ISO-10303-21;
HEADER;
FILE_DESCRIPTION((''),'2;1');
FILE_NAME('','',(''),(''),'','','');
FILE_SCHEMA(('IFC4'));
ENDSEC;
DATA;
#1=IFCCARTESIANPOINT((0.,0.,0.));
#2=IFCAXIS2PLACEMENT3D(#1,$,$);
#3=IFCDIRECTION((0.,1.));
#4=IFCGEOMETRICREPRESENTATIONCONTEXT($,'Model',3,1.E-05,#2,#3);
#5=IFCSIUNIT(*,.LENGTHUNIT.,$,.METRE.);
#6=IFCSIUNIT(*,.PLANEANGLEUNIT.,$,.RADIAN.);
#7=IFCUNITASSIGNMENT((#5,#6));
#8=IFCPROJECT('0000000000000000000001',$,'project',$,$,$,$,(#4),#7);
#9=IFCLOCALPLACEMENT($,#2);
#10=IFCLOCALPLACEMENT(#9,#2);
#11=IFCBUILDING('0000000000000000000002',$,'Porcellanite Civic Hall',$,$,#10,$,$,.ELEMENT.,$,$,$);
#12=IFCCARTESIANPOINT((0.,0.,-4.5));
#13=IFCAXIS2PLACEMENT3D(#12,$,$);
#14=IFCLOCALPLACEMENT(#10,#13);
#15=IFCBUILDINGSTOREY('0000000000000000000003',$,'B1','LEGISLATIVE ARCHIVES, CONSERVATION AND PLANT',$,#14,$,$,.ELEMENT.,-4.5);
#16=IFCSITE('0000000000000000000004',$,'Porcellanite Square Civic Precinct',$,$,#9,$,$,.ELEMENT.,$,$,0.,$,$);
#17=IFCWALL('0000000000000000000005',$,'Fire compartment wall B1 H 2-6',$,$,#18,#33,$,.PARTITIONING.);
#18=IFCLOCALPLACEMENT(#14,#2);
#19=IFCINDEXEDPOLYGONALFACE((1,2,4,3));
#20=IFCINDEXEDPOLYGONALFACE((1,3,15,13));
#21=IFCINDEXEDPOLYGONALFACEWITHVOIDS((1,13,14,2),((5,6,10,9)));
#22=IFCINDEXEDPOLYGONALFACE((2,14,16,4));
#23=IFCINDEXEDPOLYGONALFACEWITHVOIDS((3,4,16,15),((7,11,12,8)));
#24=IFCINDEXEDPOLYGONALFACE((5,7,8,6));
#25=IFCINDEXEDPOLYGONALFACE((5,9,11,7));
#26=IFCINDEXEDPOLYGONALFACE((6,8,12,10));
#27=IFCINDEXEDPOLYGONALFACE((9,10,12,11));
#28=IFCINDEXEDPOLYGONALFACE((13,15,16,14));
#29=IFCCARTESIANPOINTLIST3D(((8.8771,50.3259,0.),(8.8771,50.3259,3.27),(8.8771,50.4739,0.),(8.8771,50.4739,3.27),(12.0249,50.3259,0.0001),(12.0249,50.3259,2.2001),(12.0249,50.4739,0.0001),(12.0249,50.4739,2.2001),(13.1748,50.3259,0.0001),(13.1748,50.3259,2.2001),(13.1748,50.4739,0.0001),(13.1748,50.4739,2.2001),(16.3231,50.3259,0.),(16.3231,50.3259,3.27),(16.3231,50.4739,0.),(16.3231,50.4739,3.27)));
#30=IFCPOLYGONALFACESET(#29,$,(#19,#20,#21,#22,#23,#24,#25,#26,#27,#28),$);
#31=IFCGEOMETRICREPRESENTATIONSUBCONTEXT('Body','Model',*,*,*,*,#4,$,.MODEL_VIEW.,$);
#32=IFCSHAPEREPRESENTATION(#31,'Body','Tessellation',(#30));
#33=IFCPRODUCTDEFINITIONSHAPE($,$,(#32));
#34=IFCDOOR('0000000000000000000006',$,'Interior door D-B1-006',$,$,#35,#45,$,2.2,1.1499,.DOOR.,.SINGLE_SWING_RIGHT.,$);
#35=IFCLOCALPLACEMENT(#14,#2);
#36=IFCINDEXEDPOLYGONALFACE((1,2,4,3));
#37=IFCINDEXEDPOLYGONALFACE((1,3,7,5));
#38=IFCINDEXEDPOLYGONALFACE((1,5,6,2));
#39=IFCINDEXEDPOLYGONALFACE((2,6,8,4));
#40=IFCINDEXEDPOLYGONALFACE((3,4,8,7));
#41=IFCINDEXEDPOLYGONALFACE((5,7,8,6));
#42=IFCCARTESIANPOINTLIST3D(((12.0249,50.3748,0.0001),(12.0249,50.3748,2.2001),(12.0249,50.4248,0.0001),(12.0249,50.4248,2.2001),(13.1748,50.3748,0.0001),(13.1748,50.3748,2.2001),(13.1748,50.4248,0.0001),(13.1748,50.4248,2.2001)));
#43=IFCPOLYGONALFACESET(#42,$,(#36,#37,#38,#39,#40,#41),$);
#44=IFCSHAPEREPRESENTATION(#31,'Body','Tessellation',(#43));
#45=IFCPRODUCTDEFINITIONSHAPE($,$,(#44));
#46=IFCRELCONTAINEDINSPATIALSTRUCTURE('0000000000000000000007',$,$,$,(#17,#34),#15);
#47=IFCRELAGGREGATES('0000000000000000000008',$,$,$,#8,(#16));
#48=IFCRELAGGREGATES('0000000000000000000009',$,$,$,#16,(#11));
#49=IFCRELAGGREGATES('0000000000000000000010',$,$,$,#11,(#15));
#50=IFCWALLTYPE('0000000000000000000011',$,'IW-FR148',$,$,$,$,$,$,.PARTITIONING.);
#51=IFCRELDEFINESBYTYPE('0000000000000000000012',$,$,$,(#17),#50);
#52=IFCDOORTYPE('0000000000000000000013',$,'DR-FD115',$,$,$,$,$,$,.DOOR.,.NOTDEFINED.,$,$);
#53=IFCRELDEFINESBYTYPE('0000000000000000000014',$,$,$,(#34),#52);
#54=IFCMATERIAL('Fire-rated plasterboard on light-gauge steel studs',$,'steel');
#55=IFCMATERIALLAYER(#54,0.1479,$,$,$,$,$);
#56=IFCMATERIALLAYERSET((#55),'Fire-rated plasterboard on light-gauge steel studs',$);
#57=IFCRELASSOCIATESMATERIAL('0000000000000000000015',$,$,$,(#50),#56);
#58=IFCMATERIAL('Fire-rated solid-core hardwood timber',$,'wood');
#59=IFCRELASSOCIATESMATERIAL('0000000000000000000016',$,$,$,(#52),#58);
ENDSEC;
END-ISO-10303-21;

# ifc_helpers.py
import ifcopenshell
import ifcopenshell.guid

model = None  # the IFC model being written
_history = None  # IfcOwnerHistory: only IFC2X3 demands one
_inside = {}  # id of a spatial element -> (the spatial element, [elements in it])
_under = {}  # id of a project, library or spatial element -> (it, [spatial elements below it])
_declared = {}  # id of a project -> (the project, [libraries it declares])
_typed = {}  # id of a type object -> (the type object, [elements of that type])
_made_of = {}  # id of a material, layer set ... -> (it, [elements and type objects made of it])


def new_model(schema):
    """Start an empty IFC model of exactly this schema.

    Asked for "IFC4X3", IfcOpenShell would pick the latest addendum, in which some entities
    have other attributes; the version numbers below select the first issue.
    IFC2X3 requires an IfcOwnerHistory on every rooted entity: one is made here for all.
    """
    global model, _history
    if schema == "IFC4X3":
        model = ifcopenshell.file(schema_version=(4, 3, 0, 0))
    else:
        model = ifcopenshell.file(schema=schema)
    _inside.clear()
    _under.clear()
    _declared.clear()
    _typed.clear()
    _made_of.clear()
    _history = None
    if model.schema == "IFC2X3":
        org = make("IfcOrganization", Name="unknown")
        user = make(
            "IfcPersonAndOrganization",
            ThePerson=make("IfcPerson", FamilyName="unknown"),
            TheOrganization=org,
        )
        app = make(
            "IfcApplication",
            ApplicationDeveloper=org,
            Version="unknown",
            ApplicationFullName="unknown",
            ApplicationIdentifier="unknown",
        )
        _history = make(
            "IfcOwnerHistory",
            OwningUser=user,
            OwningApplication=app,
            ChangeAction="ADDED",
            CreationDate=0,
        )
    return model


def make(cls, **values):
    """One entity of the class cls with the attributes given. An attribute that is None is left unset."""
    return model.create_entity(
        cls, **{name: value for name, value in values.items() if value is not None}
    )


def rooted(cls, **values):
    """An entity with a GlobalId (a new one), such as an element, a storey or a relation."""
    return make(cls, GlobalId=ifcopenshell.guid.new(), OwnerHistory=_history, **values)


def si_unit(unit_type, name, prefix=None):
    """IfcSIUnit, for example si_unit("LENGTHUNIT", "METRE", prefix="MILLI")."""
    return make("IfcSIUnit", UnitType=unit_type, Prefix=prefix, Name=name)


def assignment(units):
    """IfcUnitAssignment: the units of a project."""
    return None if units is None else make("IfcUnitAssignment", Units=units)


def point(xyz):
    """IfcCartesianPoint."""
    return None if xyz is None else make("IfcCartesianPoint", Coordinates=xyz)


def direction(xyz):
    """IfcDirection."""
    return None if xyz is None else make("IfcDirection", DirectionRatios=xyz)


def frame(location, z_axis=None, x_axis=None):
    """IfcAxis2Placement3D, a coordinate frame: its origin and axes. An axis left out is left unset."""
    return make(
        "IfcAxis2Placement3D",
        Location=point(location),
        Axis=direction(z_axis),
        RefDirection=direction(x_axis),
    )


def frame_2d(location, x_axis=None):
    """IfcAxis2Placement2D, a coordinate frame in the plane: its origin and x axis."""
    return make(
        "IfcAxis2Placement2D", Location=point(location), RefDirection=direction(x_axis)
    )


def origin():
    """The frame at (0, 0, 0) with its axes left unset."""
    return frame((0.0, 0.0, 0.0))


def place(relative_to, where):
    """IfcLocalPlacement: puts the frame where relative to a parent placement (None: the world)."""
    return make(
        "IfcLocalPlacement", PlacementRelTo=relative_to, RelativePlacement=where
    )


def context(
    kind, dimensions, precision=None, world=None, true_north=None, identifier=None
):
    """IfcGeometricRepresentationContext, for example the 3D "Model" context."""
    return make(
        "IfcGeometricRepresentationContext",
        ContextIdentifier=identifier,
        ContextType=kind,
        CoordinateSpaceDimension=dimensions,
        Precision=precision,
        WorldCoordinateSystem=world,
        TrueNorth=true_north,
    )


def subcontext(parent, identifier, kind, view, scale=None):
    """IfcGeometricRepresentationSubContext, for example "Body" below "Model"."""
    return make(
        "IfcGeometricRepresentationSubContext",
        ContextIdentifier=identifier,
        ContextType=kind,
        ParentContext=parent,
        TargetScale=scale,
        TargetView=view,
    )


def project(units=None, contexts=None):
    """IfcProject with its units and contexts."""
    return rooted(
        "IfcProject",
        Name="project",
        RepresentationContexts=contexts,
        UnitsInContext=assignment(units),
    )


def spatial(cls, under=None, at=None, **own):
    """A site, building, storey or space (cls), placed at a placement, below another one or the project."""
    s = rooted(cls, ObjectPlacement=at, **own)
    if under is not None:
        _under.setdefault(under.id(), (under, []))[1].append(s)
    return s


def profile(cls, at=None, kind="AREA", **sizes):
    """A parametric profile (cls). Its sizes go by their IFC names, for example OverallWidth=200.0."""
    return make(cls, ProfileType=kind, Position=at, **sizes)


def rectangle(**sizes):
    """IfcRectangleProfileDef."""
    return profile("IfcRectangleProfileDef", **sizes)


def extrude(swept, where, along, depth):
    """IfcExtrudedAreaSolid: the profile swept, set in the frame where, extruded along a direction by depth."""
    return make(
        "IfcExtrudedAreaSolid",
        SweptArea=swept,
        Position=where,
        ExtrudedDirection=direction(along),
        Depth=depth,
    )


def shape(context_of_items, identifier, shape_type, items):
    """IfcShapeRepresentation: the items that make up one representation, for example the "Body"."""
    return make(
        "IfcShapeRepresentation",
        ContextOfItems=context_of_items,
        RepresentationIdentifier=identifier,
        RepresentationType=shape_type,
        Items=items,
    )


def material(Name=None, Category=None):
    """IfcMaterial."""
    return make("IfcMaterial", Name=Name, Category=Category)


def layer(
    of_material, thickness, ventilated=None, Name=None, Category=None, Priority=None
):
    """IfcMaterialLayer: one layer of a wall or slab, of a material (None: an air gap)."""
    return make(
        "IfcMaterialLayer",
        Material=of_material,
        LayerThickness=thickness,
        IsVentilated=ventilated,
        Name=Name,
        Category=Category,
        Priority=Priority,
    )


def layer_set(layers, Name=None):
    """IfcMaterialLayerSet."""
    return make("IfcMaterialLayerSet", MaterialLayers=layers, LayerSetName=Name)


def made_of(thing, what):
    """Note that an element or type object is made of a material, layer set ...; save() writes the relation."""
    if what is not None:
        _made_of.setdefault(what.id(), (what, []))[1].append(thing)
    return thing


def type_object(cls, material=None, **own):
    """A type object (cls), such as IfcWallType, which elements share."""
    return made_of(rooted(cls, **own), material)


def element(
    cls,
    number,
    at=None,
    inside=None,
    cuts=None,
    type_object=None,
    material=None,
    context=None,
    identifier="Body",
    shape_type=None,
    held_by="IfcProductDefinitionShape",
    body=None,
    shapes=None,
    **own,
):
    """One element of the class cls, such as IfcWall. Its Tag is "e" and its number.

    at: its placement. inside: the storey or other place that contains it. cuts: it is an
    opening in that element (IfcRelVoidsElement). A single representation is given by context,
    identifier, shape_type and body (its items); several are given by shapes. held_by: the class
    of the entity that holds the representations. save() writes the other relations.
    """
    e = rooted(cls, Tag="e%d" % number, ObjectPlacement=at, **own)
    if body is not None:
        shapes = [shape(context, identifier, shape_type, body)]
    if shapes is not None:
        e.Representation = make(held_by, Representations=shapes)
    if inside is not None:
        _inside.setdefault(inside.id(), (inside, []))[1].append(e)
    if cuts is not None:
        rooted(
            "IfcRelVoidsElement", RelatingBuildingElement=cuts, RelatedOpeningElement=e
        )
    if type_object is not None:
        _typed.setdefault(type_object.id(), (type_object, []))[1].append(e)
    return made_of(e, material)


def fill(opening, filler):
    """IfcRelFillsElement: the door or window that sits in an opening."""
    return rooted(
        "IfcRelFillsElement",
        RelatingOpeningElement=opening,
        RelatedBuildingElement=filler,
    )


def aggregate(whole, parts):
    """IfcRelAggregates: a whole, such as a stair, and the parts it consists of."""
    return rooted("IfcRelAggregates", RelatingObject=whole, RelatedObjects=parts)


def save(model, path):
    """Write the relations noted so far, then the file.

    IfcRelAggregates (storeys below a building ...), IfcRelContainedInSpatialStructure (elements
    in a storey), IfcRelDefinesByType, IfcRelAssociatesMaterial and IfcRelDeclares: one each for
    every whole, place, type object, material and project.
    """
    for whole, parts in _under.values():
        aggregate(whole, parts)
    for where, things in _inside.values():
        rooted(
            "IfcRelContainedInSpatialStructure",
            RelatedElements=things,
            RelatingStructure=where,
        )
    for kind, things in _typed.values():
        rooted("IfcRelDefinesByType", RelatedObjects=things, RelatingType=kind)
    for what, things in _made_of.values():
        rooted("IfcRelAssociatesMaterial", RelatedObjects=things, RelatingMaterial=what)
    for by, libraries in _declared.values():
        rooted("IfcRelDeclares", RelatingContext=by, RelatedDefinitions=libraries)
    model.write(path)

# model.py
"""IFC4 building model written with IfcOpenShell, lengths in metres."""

from ifc_helpers import new_model, si_unit, direction, frame, frame_2d, origin, place, context, subcontext, project, spatial, rectangle, extrude, material, layer, layer_set, type_object, element, fill, save


model = new_model("IFC4")

# Units and contexts
model_context = context("Model", 3, precision=1e-05, world=origin(), true_north=direction((0.0, 1.0)))
body_context = subcontext(model_context, "Body", "Model", "MODEL_VIEW")
ifc_project = project(units=[si_unit("LENGTHUNIT", "METRE"), si_unit("PLANEANGLEUNIT", "RADIAN")], contexts=[model_context])

# Site, building, storey
site_placement = place(None, origin())
site = spatial("IfcSite", under=ifc_project, at=site_placement, Name="Porcellanite Square Civic Precinct", CompositionType="ELEMENT", RefElevation=0.0)
building_placement = place(site_placement, origin())
building = spatial("IfcBuilding", under=site, at=building_placement, Name="Porcellanite Civic Hall", CompositionType="ELEMENT")
storey_placement = place(building_placement, frame((0.0, 0.0, -4.5)))
storey = spatial("IfcBuildingStorey", under=building, at=storey_placement, Name="B1", Description="LEGISLATIVE ARCHIVES, CONSERVATION AND PLANT", CompositionType="ELEMENT", Elevation=-4.5)

# Wall, opening, door
ifc_material_1 = material(Name="Fire-rated plasterboard on light-gauge steel studs", Category="steel")
ifc_layer_1 = layer(ifc_material_1, 0.1479)
ifc_layer_set_1 = layer_set([ifc_layer_1], Name="Fire-rated plasterboard on light-gauge steel studs")
wall_type_1 = type_object("IfcWallType", Name="IW-FR148", PredefinedType="PARTITIONING", material=ifc_layer_set_1)
wall_1_placement = place(storey_placement, frame((8.877, 50.3999, 0.0), z_axis=(0.0, 0.0, 1.0), x_axis=(1.0, 0.0, 0.0)))
wall_1 = element("IfcWall", 1, at=wall_1_placement, inside=storey, type_object=wall_type_1, Name="Fire compartment wall B1 H 2-6", PredefinedType="PARTITIONING", context=body_context, shape_type="SweptSolid", body=[
    extrude(rectangle(XDim=7.446, YDim=0.1479, at=frame_2d((3.7231, 0.0))), origin(), (0.0, 0.0, 1.0), 3.27),
])
opening_placement = place(wall_1_placement, frame((3.1479, 0.0, 0.0)))
opening = element("IfcOpeningElement", 2, at=opening_placement, cuts=wall_1, PredefinedType="OPENING", context=body_context, shape_type="SweptSolid", body=[
    extrude(rectangle(XDim=1.1499, YDim=2.2, at=frame_2d((0.575, 1.1001))), frame((0.0, 0.074, 0.0), z_axis=(0.0, -1.0, 0.0), x_axis=(1.0, 0.0, 0.0)), (0.0, 0.0, 1.0), 0.1479),
])
ifc_material_2 = material(Name="Fire-rated solid-core hardwood timber", Category="wood")
door_type = type_object("IfcDoorType", Name="DR-FD115", OperationType="NOTDEFINED", PredefinedType="DOOR", material=ifc_material_2)
door_placement = place(opening_placement, origin())
door = element("IfcDoor", 3, at=door_placement, inside=storey, type_object=door_type, Name="Interior door D-B1-006", OperationType="SINGLE_SWING_RIGHT", OverallHeight=2.2, OverallWidth=1.1499, PredefinedType="DOOR", context=body_context, shape_type="SweptSolid", body=[
    extrude(rectangle(XDim=1.1499, YDim=2.2, at=frame_2d((0.575, 1.1001))), frame((0.0, 0.0249, 0.0), z_axis=(0.0, -1.0, 0.0), x_axis=(1.0, 0.0, 0.0)), (0.0, 0.0, 1.0), 0.05),
])
fill(opening, door)

save(model, "model.ifc")
